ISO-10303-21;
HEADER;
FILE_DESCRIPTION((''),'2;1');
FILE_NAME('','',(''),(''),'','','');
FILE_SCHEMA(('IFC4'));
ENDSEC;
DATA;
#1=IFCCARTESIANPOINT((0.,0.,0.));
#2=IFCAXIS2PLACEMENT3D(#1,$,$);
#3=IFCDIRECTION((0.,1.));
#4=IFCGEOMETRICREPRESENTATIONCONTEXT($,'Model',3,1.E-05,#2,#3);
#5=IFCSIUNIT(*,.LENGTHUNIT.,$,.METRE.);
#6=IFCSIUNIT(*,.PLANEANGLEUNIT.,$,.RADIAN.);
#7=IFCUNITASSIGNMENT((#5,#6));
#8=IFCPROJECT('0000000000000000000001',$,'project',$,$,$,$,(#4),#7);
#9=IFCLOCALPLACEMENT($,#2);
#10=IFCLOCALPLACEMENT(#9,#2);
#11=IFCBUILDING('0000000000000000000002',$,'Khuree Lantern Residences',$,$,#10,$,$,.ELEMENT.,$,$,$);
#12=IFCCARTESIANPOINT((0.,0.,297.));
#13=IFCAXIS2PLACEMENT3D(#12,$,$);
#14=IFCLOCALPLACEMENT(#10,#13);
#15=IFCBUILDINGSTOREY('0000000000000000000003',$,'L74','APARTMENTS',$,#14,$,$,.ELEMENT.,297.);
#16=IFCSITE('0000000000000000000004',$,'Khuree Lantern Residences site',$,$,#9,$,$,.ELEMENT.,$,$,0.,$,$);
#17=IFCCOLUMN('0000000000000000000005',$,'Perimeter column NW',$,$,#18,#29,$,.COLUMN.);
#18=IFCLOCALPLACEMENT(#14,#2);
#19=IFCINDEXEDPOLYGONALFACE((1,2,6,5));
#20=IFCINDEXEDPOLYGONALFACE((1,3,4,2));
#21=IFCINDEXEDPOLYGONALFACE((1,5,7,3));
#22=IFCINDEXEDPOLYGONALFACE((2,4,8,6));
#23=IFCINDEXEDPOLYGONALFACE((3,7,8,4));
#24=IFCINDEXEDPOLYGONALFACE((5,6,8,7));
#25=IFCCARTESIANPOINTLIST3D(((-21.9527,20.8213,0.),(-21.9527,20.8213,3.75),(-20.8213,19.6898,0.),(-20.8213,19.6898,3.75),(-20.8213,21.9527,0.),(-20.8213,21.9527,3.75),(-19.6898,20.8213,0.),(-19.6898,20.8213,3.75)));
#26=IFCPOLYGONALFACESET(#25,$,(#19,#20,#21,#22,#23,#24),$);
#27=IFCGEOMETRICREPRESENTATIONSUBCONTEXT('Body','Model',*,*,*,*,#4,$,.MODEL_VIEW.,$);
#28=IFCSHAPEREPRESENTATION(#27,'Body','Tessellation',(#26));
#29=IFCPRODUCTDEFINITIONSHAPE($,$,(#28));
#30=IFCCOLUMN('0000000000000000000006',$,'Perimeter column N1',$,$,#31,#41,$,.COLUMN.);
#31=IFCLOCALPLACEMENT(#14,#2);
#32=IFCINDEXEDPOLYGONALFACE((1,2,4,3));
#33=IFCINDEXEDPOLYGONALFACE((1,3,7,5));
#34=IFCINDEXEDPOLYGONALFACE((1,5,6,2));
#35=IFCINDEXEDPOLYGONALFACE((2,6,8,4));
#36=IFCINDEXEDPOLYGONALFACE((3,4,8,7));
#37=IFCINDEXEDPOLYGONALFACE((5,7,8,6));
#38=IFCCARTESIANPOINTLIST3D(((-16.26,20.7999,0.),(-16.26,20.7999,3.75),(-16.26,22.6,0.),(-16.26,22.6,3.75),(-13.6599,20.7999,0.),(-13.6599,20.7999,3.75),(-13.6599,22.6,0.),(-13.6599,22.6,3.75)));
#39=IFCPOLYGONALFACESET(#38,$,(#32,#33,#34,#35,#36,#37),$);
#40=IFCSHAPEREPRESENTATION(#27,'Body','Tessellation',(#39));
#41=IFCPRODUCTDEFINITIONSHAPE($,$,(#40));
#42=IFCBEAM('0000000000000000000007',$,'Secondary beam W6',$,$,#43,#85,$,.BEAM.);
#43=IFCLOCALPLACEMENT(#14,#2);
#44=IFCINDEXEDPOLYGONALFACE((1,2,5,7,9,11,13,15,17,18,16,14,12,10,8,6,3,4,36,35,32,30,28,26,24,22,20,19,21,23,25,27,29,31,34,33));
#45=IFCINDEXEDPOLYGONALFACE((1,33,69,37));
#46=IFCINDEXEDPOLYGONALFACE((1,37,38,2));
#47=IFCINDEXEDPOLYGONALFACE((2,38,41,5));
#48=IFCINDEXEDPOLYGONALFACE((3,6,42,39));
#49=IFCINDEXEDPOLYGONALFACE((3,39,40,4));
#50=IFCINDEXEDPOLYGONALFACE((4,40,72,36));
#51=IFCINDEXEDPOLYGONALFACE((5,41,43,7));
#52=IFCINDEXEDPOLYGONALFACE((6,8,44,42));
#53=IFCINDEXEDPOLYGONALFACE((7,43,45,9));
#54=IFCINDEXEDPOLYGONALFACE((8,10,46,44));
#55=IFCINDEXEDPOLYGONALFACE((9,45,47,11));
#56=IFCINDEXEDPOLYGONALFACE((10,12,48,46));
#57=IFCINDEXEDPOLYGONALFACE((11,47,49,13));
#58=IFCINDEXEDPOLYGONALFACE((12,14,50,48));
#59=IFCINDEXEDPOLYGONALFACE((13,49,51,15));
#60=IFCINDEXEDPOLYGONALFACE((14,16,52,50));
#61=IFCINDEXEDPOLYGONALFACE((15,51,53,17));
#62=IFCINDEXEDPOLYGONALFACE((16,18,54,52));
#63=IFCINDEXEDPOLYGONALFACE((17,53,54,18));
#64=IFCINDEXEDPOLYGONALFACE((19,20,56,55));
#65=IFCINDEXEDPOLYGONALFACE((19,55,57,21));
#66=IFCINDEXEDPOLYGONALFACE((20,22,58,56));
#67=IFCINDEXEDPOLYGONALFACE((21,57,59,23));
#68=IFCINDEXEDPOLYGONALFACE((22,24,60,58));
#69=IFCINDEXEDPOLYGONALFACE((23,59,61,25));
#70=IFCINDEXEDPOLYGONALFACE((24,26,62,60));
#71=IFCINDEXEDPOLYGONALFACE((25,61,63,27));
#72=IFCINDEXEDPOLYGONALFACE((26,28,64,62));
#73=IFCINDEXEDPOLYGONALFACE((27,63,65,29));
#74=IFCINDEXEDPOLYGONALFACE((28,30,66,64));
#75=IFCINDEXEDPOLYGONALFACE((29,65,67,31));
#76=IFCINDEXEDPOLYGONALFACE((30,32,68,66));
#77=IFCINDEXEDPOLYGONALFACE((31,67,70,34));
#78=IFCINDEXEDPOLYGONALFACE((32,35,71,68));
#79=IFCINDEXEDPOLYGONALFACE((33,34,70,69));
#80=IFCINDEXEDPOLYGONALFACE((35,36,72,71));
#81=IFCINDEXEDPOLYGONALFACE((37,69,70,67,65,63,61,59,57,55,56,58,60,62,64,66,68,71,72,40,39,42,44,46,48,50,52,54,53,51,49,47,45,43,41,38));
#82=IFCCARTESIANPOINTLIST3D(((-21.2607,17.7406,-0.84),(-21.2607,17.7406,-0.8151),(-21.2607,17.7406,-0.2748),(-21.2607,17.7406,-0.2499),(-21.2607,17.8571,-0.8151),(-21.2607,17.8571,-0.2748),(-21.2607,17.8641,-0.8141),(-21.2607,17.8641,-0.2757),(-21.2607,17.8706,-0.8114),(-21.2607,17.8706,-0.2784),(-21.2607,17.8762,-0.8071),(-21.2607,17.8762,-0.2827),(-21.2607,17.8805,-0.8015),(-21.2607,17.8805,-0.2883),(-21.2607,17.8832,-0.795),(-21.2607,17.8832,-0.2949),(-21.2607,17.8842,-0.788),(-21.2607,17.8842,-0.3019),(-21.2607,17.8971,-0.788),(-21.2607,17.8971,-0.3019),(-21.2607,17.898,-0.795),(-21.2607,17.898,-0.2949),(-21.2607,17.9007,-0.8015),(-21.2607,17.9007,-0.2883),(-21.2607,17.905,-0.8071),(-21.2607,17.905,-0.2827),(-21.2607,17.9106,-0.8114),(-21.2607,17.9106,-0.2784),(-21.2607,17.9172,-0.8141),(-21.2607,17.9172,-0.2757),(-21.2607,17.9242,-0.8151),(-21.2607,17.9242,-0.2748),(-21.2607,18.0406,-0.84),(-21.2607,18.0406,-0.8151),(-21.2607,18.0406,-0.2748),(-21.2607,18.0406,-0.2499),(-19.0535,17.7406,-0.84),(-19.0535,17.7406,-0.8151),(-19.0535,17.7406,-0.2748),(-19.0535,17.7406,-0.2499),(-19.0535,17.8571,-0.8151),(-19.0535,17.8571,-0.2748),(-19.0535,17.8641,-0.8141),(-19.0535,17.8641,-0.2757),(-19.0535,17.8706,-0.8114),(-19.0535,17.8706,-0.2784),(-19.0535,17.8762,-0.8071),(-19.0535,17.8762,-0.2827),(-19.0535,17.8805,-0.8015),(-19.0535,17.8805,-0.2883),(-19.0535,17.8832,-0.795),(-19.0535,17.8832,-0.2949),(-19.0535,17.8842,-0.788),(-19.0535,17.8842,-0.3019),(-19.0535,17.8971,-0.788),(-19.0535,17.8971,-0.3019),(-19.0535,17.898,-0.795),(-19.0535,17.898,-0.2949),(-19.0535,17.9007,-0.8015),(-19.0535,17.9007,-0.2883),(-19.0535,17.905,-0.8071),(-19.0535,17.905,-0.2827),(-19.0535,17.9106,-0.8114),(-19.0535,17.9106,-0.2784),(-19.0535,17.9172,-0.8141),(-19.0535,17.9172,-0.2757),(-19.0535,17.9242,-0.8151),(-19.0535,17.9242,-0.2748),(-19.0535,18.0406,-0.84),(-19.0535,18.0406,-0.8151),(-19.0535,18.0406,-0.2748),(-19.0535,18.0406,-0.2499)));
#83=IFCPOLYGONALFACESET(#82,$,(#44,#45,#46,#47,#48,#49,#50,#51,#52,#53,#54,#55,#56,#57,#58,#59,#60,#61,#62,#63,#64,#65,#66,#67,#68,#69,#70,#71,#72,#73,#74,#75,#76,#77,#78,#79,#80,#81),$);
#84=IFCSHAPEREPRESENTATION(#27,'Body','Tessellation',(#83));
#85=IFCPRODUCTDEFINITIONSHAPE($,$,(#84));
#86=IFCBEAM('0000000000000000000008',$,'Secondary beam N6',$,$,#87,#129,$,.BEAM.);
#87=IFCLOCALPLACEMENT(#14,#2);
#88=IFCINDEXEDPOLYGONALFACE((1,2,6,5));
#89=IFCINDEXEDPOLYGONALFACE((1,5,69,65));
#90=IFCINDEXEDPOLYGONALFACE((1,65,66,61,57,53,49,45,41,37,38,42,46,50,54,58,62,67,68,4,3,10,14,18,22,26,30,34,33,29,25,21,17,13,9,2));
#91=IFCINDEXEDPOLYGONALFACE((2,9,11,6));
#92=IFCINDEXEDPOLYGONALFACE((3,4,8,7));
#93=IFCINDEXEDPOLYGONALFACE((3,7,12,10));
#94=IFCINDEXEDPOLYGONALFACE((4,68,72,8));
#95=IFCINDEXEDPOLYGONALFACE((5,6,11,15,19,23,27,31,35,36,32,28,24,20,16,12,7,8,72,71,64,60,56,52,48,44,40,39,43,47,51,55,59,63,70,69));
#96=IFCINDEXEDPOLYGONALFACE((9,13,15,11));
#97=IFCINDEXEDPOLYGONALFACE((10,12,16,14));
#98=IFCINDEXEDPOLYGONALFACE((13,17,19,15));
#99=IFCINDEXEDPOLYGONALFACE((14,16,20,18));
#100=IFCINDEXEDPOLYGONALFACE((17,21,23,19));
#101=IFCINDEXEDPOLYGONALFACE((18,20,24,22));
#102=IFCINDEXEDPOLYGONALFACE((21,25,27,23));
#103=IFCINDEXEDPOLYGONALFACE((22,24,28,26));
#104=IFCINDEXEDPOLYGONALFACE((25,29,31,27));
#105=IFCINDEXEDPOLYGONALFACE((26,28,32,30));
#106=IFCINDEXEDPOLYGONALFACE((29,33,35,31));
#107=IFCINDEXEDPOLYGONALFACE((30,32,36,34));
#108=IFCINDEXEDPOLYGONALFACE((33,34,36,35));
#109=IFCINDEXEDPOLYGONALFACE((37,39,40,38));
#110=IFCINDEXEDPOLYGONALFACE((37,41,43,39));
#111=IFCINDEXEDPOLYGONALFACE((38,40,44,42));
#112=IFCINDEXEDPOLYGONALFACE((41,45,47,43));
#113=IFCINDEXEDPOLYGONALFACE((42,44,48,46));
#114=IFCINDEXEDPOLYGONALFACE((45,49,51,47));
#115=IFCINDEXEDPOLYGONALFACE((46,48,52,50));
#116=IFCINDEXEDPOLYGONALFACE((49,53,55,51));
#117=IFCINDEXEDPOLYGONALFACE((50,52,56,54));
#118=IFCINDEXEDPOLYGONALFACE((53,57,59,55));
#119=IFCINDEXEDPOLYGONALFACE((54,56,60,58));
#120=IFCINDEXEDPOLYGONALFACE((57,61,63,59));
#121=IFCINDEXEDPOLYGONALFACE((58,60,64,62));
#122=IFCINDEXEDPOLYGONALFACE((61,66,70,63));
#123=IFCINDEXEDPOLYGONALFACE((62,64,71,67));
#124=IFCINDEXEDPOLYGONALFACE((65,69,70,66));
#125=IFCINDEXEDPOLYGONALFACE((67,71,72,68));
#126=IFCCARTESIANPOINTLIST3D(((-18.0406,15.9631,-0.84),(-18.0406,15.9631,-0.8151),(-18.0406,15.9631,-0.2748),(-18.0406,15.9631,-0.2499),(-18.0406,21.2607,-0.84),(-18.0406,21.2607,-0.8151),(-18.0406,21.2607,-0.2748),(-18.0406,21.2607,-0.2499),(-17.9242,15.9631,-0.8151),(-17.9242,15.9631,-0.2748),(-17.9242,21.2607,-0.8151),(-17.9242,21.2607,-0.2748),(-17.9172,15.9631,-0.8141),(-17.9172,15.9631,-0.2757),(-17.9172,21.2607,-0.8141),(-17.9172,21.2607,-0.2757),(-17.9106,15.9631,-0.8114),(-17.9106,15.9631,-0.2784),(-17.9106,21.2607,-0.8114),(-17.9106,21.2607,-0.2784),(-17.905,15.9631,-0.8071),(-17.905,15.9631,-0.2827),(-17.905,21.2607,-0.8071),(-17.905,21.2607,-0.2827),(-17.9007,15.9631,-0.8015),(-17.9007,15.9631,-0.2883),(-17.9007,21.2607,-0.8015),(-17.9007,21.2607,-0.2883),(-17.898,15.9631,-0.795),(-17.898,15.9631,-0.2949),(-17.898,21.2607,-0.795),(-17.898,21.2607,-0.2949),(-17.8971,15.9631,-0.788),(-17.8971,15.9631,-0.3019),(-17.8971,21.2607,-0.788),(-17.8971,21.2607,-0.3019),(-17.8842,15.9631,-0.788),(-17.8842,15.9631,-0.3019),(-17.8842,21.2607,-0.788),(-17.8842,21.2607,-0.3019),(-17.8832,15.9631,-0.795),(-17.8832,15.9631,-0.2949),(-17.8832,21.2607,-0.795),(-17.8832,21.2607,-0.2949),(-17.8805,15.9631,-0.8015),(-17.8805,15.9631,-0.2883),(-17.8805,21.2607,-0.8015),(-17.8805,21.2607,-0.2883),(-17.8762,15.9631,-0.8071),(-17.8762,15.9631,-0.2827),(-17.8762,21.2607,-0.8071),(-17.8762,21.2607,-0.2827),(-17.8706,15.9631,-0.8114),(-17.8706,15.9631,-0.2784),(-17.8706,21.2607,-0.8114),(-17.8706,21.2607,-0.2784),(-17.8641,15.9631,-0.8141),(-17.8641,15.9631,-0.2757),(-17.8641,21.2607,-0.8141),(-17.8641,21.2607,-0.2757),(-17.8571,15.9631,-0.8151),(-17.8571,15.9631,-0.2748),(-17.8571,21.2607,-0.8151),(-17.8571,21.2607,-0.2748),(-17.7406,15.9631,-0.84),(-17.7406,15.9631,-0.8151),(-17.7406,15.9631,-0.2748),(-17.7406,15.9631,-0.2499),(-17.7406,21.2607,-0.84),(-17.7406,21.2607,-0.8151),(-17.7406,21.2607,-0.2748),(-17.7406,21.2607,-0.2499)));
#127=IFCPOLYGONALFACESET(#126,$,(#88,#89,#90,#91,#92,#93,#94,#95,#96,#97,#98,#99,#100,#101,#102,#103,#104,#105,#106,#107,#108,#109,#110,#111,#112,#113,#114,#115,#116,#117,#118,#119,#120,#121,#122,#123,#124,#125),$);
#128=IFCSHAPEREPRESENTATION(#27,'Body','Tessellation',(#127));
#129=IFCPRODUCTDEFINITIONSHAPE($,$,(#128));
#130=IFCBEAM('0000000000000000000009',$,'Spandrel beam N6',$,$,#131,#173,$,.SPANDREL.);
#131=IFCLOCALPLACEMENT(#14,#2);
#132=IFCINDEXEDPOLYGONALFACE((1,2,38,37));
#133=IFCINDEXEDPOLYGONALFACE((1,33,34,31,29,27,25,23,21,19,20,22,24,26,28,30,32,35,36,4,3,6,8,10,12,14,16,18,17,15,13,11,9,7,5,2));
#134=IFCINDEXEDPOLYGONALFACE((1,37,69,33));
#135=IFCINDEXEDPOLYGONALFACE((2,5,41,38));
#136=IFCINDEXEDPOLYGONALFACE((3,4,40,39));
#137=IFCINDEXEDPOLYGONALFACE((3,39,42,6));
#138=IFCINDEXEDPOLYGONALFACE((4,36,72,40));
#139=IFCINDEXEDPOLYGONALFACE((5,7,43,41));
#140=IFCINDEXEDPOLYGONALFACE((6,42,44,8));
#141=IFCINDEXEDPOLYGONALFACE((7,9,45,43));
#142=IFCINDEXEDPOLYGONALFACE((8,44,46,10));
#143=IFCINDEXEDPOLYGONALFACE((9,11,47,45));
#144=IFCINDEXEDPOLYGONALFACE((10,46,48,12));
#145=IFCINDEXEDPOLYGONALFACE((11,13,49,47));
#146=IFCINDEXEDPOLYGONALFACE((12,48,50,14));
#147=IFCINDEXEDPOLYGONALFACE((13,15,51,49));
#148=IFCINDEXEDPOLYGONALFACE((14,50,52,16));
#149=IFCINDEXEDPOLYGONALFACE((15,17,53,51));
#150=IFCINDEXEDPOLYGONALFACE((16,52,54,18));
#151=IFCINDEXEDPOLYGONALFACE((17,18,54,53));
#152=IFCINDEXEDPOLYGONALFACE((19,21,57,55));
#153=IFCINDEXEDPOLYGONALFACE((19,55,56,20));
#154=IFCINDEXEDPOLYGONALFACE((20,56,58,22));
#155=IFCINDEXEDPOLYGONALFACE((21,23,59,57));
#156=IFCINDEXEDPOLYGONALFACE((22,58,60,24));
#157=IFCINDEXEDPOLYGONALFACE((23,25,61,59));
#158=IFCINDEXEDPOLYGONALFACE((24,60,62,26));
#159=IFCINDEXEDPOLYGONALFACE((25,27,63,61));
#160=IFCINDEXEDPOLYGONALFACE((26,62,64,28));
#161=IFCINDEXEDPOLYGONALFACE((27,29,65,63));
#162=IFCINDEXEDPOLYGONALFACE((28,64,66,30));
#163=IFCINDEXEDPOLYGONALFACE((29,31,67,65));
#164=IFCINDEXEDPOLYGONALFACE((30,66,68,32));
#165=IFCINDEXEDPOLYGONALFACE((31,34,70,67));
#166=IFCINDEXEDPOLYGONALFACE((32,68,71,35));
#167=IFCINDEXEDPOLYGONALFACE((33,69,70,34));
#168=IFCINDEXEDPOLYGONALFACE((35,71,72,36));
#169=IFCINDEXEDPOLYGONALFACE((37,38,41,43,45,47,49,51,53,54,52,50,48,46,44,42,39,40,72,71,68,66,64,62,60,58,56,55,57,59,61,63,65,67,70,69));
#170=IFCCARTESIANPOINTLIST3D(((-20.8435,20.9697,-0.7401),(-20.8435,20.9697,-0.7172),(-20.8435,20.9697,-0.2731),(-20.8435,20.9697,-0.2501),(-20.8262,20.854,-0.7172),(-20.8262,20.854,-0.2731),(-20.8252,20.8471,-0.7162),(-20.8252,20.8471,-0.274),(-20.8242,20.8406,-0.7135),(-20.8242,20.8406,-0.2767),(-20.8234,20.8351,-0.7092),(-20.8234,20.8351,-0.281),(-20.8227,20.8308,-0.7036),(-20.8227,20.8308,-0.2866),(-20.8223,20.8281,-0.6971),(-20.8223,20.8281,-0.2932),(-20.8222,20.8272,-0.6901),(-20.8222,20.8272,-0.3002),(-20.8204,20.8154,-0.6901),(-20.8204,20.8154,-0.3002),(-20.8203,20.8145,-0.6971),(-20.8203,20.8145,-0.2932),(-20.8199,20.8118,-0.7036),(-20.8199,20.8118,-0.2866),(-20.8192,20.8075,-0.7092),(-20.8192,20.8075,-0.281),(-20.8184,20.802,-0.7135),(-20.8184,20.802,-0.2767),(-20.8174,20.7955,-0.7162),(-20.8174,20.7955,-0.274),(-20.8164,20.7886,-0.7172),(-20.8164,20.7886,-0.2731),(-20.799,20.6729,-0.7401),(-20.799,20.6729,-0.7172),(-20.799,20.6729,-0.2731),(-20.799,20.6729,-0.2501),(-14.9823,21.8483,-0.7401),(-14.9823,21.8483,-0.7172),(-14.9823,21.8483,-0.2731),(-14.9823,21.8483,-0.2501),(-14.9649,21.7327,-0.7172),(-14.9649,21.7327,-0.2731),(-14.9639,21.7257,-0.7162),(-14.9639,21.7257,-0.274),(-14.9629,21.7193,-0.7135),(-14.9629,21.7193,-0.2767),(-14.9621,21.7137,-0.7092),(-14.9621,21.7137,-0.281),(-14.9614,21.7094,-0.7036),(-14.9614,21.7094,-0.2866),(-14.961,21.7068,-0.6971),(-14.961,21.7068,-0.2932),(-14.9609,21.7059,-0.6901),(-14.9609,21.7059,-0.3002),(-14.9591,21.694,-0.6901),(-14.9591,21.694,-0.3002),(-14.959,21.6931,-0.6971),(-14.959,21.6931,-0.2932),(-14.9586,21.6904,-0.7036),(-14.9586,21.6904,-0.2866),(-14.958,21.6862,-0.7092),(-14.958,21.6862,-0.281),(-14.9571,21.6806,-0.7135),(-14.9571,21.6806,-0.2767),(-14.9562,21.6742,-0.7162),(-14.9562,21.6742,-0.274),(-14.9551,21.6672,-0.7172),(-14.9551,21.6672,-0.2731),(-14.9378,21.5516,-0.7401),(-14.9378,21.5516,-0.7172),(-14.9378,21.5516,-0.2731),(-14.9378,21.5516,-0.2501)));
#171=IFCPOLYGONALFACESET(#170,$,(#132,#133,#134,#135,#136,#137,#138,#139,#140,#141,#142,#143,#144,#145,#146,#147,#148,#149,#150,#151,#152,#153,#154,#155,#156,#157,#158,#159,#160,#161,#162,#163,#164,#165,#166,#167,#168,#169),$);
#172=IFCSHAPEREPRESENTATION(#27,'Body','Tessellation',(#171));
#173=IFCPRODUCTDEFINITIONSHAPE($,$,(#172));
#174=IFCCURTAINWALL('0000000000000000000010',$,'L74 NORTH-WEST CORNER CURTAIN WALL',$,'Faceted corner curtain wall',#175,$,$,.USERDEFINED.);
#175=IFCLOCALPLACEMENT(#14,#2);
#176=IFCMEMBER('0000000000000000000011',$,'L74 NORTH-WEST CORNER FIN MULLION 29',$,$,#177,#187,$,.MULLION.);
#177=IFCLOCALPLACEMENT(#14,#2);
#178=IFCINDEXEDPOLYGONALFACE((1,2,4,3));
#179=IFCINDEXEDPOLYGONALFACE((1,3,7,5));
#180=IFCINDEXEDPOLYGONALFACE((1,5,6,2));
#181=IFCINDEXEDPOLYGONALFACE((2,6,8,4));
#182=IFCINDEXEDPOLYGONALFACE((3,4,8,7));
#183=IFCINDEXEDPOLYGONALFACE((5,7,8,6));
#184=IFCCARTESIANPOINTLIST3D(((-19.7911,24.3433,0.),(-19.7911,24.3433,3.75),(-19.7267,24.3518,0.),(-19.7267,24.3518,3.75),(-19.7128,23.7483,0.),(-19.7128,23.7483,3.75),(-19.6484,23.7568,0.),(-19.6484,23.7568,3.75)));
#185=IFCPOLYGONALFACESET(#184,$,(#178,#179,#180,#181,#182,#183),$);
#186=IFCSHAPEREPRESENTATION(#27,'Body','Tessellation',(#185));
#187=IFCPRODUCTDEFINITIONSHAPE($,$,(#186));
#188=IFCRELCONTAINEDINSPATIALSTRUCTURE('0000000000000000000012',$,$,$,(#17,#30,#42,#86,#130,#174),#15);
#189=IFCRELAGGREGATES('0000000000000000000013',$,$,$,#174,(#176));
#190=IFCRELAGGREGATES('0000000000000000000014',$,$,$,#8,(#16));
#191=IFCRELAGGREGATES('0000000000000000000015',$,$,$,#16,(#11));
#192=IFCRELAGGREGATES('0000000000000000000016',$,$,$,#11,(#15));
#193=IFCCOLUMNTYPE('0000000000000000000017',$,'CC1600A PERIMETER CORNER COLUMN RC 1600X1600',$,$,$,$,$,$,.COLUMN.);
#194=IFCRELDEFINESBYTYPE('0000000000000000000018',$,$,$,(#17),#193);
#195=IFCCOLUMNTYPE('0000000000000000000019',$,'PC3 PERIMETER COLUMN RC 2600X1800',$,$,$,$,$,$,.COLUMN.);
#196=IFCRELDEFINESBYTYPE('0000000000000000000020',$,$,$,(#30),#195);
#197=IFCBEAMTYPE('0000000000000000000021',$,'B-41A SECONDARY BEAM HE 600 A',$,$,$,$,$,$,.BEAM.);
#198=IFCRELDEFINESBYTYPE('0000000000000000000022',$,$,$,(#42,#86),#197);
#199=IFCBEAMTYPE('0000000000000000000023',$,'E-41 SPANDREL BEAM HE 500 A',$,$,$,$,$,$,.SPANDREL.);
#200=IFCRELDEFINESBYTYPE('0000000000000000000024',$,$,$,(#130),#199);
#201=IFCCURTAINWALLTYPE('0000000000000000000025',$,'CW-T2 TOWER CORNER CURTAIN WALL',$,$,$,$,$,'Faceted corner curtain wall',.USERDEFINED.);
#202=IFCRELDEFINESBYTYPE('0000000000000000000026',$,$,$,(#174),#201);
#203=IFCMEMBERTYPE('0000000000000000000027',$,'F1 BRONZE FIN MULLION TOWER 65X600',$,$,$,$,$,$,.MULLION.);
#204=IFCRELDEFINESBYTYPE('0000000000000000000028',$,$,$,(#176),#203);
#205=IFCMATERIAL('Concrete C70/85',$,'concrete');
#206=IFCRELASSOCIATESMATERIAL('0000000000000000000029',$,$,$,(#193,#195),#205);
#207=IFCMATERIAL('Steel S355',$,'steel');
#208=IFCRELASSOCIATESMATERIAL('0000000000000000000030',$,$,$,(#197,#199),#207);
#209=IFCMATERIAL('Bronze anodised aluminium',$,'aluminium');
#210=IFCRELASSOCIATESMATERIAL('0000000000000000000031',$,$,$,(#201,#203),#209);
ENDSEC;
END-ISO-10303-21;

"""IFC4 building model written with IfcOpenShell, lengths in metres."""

from ifc_helpers import new_model, si_unit, direction, frame, origin, origin_2d, place, context, subcontext, project, spatial, rectangle, i_section, extrude, material, material_profile, profile_set, type_object, element, aggregate, save


model = new_model("IFC4")

# Units and contexts
model_context = context("Model", 3, precision=1e-05, world=origin(), true_north=direction((0.0, 1.0)))
body_context = subcontext(model_context, "Body", "Model", "MODEL_VIEW")
ifc_project = project(units=[si_unit("LENGTHUNIT", "METRE"), si_unit("PLANEANGLEUNIT", "RADIAN")], contexts=[model_context])

# Site, building, storey
site_placement = place(None, origin())
site = spatial("IfcSite", under=ifc_project, at=site_placement, Name="Khuree Lantern Residences site", CompositionType="ELEMENT", RefElevation=0.0)
building_placement = place(site_placement, origin())
building = spatial("IfcBuilding", under=site, at=building_placement, Name="Khuree Lantern Residences", CompositionType="ELEMENT")
storey_placement = place(building_placement, frame((0.0, 0.0, 297.0)))
storey = spatial("IfcBuildingStorey", under=building, at=storey_placement, Name="L74", Description="APARTMENTS", CompositionType="ELEMENT", Elevation=297.0)

# Columns
ifc_material_1 = material(Name="Concrete C70/85", Category="concrete")
ifc_material_profile_1 = material_profile(ifc_material_1, rectangle(XDim=1.6001, YDim=1.6001, at=origin_2d()), Name="RC 1600X1600")
ifc_profile_set_1 = profile_set([ifc_material_profile_1], Name="Concrete C70/85")
column_type_1 = type_object("IfcColumnType", Name="CC1600A PERIMETER CORNER COLUMN RC 1600X1600", PredefinedType="COLUMN", material=ifc_profile_set_1)
column_1_placement = place(storey_placement, frame((-20.8213, 20.8213, 0.0), z_axis=(0.0, 0.0, 1.0), x_axis=(0.707107, 0.707107, 0.0)))
element("IfcColumn", 1, at=column_1_placement, inside=storey, type_object=column_type_1, Name="Perimeter column NW", PredefinedType="COLUMN", context=body_context, shape_type="SweptSolid", body=[
    extrude(rectangle(XDim=1.6001, YDim=1.6001, at=origin_2d()), origin(), (0.0, 0.0, 1.0), 3.75),
])
ifc_material_profile_2 = material_profile(ifc_material_1, rectangle(XDim=2.6001, YDim=1.8, at=origin_2d()), Name="RC 2600X1800")
ifc_profile_set_2 = profile_set([ifc_material_profile_2], Name="Concrete C70/85")
column_type_2 = type_object("IfcColumnType", Name="PC3 PERIMETER COLUMN RC 2600X1800", PredefinedType="COLUMN", material=ifc_profile_set_2)
column_2_placement = place(storey_placement, frame((-14.96, 21.7, 0.0), z_axis=(0.0, 0.0, 1.0), x_axis=(1.0, 0.0, 0.0)))
element("IfcColumn", 2, at=column_2_placement, inside=storey, type_object=column_type_2, Name="Perimeter column N1", PredefinedType="COLUMN", context=body_context, shape_type="SweptSolid", body=[
    extrude(rectangle(XDim=2.6001, YDim=1.8, at=origin_2d()), origin(), (0.0, 0.0, 1.0), 3.75),
])

# Beams
ifc_material_2 = material(Name="Steel S355", Category="steel")
ifc_material_profile_3 = material_profile(ifc_material_2, i_section(OverallWidth=0.3, OverallDepth=0.5901, WebThickness=0.0129, FlangeThickness=0.0249, FilletRadius=0.0271, at=origin_2d()), Name="HE 600 A")
ifc_profile_set_3 = profile_set([ifc_material_profile_3], Name="Steel S355")
beam_type_1 = type_object("IfcBeamType", Name="B-41A SECONDARY BEAM HE 600 A", PredefinedType="BEAM", material=ifc_profile_set_3)
beam_1_placement = place(storey_placement, frame((-21.2607, 17.8906, -0.5449), z_axis=(1.0, 0.0, 0.0), x_axis=(0.0, 1.0, 0.0)))
element("IfcBeam", 3, at=beam_1_placement, inside=storey, type_object=beam_type_1, Name="Secondary beam W6", PredefinedType="BEAM", context=body_context, shape_type="SweptSolid", body=[
    extrude(i_section(OverallWidth=0.3, OverallDepth=0.5901, WebThickness=0.0129, FlangeThickness=0.0249, FilletRadius=0.0271, at=origin_2d()), origin(), (0.0, 0.0, 1.0), 2.2073),
])
beam_2_placement = place(storey_placement, frame((-17.8906, 21.2607, -0.5449), z_axis=(0.0, -1.0, 0.0), x_axis=(1.0, 0.0, 0.0)))
element("IfcBeam", 4, at=beam_2_placement, inside=storey, type_object=beam_type_1, Name="Secondary beam N6", PredefinedType="BEAM", context=body_context, shape_type="SweptSolid", body=[
    extrude(i_section(OverallWidth=0.3, OverallDepth=0.5901, WebThickness=0.0129, FlangeThickness=0.0249, FilletRadius=0.0271, at=origin_2d()), origin(), (0.0, 0.0, 1.0), 5.2976),
])
ifc_material_profile_4 = material_profile(ifc_material_2, i_section(OverallWidth=0.3, OverallDepth=0.49, WebThickness=0.012, FlangeThickness=0.0229, FilletRadius=0.0271, at=origin_2d()), Name="HE 500 A")
ifc_profile_set_4 = profile_set([ifc_material_profile_4], Name="Steel S355")
beam_type_2 = type_object("IfcBeamType", Name="E-41 SPANDREL BEAM HE 500 A", PredefinedType="SPANDREL", material=ifc_profile_set_4)
beam_3_placement = place(storey_placement, frame((-20.8213, 20.8213, -0.4951), z_axis=(0.98895, 0.148252, 0.0), x_axis=(-0.148252, 0.98895, 0.0)))
element("IfcBeam", 5, at=beam_3_placement, inside=storey, type_object=beam_type_2, Name="Spandrel beam N6", PredefinedType="SPANDREL", context=body_context, shape_type="SweptSolid", body=[
    extrude(i_section(OverallWidth=0.3, OverallDepth=0.49, WebThickness=0.012, FlangeThickness=0.0229, FilletRadius=0.0271, at=origin_2d()), origin(), (0.0, 0.0, 1.0), 5.9268),
])

# Curtain wall, member
ifc_material_3 = material(Name="Bronze anodised aluminium", Category="aluminium")
curtain_wall_type_1 = type_object("IfcCurtainWallType", Name="CW-T2 TOWER CORNER CURTAIN WALL", ElementType="Faceted corner curtain wall", PredefinedType="USERDEFINED", material=ifc_material_3)
curtain_wall_1_placement = place(storey_placement, origin())
curtain_wall_1 = element("IfcCurtainWall", 6, at=curtain_wall_1_placement, inside=storey, type_object=curtain_wall_type_1, Name="L74 NORTH-WEST CORNER CURTAIN WALL", ObjectType="Faceted corner curtain wall", PredefinedType="USERDEFINED")
ifc_material_profile_5 = material_profile(ifc_material_3, rectangle(XDim=0.0649, YDim=0.6001, at=origin_2d()), Name="F1 65X600")
ifc_profile_set_5 = profile_set([ifc_material_profile_5], Name="Bronze anodised aluminium")
member_type_1 = type_object("IfcMemberType", Name="F1 BRONZE FIN MULLION TOWER 65X600", PredefinedType="MULLION", material=ifc_profile_set_5)
member_1_placement = place(storey_placement, frame((-19.7197, 24.05, 0.0), z_axis=(0.0, 0.0, 1.0), x_axis=(-0.991445, -0.130526, 0.0)))
member_1 = element("IfcMember", 7, at=member_1_placement, type_object=member_type_1, Name="L74 NORTH-WEST CORNER FIN MULLION 29", PredefinedType="MULLION", context=body_context, shape_type="SweptSolid", body=[
    extrude(rectangle(XDim=0.0649, YDim=0.6001, at=origin_2d()), origin(), (0.0, 0.0, 1.0), 3.75),
])

aggregate(curtain_wall_1, [member_1])

save(model, "model.ifc")
